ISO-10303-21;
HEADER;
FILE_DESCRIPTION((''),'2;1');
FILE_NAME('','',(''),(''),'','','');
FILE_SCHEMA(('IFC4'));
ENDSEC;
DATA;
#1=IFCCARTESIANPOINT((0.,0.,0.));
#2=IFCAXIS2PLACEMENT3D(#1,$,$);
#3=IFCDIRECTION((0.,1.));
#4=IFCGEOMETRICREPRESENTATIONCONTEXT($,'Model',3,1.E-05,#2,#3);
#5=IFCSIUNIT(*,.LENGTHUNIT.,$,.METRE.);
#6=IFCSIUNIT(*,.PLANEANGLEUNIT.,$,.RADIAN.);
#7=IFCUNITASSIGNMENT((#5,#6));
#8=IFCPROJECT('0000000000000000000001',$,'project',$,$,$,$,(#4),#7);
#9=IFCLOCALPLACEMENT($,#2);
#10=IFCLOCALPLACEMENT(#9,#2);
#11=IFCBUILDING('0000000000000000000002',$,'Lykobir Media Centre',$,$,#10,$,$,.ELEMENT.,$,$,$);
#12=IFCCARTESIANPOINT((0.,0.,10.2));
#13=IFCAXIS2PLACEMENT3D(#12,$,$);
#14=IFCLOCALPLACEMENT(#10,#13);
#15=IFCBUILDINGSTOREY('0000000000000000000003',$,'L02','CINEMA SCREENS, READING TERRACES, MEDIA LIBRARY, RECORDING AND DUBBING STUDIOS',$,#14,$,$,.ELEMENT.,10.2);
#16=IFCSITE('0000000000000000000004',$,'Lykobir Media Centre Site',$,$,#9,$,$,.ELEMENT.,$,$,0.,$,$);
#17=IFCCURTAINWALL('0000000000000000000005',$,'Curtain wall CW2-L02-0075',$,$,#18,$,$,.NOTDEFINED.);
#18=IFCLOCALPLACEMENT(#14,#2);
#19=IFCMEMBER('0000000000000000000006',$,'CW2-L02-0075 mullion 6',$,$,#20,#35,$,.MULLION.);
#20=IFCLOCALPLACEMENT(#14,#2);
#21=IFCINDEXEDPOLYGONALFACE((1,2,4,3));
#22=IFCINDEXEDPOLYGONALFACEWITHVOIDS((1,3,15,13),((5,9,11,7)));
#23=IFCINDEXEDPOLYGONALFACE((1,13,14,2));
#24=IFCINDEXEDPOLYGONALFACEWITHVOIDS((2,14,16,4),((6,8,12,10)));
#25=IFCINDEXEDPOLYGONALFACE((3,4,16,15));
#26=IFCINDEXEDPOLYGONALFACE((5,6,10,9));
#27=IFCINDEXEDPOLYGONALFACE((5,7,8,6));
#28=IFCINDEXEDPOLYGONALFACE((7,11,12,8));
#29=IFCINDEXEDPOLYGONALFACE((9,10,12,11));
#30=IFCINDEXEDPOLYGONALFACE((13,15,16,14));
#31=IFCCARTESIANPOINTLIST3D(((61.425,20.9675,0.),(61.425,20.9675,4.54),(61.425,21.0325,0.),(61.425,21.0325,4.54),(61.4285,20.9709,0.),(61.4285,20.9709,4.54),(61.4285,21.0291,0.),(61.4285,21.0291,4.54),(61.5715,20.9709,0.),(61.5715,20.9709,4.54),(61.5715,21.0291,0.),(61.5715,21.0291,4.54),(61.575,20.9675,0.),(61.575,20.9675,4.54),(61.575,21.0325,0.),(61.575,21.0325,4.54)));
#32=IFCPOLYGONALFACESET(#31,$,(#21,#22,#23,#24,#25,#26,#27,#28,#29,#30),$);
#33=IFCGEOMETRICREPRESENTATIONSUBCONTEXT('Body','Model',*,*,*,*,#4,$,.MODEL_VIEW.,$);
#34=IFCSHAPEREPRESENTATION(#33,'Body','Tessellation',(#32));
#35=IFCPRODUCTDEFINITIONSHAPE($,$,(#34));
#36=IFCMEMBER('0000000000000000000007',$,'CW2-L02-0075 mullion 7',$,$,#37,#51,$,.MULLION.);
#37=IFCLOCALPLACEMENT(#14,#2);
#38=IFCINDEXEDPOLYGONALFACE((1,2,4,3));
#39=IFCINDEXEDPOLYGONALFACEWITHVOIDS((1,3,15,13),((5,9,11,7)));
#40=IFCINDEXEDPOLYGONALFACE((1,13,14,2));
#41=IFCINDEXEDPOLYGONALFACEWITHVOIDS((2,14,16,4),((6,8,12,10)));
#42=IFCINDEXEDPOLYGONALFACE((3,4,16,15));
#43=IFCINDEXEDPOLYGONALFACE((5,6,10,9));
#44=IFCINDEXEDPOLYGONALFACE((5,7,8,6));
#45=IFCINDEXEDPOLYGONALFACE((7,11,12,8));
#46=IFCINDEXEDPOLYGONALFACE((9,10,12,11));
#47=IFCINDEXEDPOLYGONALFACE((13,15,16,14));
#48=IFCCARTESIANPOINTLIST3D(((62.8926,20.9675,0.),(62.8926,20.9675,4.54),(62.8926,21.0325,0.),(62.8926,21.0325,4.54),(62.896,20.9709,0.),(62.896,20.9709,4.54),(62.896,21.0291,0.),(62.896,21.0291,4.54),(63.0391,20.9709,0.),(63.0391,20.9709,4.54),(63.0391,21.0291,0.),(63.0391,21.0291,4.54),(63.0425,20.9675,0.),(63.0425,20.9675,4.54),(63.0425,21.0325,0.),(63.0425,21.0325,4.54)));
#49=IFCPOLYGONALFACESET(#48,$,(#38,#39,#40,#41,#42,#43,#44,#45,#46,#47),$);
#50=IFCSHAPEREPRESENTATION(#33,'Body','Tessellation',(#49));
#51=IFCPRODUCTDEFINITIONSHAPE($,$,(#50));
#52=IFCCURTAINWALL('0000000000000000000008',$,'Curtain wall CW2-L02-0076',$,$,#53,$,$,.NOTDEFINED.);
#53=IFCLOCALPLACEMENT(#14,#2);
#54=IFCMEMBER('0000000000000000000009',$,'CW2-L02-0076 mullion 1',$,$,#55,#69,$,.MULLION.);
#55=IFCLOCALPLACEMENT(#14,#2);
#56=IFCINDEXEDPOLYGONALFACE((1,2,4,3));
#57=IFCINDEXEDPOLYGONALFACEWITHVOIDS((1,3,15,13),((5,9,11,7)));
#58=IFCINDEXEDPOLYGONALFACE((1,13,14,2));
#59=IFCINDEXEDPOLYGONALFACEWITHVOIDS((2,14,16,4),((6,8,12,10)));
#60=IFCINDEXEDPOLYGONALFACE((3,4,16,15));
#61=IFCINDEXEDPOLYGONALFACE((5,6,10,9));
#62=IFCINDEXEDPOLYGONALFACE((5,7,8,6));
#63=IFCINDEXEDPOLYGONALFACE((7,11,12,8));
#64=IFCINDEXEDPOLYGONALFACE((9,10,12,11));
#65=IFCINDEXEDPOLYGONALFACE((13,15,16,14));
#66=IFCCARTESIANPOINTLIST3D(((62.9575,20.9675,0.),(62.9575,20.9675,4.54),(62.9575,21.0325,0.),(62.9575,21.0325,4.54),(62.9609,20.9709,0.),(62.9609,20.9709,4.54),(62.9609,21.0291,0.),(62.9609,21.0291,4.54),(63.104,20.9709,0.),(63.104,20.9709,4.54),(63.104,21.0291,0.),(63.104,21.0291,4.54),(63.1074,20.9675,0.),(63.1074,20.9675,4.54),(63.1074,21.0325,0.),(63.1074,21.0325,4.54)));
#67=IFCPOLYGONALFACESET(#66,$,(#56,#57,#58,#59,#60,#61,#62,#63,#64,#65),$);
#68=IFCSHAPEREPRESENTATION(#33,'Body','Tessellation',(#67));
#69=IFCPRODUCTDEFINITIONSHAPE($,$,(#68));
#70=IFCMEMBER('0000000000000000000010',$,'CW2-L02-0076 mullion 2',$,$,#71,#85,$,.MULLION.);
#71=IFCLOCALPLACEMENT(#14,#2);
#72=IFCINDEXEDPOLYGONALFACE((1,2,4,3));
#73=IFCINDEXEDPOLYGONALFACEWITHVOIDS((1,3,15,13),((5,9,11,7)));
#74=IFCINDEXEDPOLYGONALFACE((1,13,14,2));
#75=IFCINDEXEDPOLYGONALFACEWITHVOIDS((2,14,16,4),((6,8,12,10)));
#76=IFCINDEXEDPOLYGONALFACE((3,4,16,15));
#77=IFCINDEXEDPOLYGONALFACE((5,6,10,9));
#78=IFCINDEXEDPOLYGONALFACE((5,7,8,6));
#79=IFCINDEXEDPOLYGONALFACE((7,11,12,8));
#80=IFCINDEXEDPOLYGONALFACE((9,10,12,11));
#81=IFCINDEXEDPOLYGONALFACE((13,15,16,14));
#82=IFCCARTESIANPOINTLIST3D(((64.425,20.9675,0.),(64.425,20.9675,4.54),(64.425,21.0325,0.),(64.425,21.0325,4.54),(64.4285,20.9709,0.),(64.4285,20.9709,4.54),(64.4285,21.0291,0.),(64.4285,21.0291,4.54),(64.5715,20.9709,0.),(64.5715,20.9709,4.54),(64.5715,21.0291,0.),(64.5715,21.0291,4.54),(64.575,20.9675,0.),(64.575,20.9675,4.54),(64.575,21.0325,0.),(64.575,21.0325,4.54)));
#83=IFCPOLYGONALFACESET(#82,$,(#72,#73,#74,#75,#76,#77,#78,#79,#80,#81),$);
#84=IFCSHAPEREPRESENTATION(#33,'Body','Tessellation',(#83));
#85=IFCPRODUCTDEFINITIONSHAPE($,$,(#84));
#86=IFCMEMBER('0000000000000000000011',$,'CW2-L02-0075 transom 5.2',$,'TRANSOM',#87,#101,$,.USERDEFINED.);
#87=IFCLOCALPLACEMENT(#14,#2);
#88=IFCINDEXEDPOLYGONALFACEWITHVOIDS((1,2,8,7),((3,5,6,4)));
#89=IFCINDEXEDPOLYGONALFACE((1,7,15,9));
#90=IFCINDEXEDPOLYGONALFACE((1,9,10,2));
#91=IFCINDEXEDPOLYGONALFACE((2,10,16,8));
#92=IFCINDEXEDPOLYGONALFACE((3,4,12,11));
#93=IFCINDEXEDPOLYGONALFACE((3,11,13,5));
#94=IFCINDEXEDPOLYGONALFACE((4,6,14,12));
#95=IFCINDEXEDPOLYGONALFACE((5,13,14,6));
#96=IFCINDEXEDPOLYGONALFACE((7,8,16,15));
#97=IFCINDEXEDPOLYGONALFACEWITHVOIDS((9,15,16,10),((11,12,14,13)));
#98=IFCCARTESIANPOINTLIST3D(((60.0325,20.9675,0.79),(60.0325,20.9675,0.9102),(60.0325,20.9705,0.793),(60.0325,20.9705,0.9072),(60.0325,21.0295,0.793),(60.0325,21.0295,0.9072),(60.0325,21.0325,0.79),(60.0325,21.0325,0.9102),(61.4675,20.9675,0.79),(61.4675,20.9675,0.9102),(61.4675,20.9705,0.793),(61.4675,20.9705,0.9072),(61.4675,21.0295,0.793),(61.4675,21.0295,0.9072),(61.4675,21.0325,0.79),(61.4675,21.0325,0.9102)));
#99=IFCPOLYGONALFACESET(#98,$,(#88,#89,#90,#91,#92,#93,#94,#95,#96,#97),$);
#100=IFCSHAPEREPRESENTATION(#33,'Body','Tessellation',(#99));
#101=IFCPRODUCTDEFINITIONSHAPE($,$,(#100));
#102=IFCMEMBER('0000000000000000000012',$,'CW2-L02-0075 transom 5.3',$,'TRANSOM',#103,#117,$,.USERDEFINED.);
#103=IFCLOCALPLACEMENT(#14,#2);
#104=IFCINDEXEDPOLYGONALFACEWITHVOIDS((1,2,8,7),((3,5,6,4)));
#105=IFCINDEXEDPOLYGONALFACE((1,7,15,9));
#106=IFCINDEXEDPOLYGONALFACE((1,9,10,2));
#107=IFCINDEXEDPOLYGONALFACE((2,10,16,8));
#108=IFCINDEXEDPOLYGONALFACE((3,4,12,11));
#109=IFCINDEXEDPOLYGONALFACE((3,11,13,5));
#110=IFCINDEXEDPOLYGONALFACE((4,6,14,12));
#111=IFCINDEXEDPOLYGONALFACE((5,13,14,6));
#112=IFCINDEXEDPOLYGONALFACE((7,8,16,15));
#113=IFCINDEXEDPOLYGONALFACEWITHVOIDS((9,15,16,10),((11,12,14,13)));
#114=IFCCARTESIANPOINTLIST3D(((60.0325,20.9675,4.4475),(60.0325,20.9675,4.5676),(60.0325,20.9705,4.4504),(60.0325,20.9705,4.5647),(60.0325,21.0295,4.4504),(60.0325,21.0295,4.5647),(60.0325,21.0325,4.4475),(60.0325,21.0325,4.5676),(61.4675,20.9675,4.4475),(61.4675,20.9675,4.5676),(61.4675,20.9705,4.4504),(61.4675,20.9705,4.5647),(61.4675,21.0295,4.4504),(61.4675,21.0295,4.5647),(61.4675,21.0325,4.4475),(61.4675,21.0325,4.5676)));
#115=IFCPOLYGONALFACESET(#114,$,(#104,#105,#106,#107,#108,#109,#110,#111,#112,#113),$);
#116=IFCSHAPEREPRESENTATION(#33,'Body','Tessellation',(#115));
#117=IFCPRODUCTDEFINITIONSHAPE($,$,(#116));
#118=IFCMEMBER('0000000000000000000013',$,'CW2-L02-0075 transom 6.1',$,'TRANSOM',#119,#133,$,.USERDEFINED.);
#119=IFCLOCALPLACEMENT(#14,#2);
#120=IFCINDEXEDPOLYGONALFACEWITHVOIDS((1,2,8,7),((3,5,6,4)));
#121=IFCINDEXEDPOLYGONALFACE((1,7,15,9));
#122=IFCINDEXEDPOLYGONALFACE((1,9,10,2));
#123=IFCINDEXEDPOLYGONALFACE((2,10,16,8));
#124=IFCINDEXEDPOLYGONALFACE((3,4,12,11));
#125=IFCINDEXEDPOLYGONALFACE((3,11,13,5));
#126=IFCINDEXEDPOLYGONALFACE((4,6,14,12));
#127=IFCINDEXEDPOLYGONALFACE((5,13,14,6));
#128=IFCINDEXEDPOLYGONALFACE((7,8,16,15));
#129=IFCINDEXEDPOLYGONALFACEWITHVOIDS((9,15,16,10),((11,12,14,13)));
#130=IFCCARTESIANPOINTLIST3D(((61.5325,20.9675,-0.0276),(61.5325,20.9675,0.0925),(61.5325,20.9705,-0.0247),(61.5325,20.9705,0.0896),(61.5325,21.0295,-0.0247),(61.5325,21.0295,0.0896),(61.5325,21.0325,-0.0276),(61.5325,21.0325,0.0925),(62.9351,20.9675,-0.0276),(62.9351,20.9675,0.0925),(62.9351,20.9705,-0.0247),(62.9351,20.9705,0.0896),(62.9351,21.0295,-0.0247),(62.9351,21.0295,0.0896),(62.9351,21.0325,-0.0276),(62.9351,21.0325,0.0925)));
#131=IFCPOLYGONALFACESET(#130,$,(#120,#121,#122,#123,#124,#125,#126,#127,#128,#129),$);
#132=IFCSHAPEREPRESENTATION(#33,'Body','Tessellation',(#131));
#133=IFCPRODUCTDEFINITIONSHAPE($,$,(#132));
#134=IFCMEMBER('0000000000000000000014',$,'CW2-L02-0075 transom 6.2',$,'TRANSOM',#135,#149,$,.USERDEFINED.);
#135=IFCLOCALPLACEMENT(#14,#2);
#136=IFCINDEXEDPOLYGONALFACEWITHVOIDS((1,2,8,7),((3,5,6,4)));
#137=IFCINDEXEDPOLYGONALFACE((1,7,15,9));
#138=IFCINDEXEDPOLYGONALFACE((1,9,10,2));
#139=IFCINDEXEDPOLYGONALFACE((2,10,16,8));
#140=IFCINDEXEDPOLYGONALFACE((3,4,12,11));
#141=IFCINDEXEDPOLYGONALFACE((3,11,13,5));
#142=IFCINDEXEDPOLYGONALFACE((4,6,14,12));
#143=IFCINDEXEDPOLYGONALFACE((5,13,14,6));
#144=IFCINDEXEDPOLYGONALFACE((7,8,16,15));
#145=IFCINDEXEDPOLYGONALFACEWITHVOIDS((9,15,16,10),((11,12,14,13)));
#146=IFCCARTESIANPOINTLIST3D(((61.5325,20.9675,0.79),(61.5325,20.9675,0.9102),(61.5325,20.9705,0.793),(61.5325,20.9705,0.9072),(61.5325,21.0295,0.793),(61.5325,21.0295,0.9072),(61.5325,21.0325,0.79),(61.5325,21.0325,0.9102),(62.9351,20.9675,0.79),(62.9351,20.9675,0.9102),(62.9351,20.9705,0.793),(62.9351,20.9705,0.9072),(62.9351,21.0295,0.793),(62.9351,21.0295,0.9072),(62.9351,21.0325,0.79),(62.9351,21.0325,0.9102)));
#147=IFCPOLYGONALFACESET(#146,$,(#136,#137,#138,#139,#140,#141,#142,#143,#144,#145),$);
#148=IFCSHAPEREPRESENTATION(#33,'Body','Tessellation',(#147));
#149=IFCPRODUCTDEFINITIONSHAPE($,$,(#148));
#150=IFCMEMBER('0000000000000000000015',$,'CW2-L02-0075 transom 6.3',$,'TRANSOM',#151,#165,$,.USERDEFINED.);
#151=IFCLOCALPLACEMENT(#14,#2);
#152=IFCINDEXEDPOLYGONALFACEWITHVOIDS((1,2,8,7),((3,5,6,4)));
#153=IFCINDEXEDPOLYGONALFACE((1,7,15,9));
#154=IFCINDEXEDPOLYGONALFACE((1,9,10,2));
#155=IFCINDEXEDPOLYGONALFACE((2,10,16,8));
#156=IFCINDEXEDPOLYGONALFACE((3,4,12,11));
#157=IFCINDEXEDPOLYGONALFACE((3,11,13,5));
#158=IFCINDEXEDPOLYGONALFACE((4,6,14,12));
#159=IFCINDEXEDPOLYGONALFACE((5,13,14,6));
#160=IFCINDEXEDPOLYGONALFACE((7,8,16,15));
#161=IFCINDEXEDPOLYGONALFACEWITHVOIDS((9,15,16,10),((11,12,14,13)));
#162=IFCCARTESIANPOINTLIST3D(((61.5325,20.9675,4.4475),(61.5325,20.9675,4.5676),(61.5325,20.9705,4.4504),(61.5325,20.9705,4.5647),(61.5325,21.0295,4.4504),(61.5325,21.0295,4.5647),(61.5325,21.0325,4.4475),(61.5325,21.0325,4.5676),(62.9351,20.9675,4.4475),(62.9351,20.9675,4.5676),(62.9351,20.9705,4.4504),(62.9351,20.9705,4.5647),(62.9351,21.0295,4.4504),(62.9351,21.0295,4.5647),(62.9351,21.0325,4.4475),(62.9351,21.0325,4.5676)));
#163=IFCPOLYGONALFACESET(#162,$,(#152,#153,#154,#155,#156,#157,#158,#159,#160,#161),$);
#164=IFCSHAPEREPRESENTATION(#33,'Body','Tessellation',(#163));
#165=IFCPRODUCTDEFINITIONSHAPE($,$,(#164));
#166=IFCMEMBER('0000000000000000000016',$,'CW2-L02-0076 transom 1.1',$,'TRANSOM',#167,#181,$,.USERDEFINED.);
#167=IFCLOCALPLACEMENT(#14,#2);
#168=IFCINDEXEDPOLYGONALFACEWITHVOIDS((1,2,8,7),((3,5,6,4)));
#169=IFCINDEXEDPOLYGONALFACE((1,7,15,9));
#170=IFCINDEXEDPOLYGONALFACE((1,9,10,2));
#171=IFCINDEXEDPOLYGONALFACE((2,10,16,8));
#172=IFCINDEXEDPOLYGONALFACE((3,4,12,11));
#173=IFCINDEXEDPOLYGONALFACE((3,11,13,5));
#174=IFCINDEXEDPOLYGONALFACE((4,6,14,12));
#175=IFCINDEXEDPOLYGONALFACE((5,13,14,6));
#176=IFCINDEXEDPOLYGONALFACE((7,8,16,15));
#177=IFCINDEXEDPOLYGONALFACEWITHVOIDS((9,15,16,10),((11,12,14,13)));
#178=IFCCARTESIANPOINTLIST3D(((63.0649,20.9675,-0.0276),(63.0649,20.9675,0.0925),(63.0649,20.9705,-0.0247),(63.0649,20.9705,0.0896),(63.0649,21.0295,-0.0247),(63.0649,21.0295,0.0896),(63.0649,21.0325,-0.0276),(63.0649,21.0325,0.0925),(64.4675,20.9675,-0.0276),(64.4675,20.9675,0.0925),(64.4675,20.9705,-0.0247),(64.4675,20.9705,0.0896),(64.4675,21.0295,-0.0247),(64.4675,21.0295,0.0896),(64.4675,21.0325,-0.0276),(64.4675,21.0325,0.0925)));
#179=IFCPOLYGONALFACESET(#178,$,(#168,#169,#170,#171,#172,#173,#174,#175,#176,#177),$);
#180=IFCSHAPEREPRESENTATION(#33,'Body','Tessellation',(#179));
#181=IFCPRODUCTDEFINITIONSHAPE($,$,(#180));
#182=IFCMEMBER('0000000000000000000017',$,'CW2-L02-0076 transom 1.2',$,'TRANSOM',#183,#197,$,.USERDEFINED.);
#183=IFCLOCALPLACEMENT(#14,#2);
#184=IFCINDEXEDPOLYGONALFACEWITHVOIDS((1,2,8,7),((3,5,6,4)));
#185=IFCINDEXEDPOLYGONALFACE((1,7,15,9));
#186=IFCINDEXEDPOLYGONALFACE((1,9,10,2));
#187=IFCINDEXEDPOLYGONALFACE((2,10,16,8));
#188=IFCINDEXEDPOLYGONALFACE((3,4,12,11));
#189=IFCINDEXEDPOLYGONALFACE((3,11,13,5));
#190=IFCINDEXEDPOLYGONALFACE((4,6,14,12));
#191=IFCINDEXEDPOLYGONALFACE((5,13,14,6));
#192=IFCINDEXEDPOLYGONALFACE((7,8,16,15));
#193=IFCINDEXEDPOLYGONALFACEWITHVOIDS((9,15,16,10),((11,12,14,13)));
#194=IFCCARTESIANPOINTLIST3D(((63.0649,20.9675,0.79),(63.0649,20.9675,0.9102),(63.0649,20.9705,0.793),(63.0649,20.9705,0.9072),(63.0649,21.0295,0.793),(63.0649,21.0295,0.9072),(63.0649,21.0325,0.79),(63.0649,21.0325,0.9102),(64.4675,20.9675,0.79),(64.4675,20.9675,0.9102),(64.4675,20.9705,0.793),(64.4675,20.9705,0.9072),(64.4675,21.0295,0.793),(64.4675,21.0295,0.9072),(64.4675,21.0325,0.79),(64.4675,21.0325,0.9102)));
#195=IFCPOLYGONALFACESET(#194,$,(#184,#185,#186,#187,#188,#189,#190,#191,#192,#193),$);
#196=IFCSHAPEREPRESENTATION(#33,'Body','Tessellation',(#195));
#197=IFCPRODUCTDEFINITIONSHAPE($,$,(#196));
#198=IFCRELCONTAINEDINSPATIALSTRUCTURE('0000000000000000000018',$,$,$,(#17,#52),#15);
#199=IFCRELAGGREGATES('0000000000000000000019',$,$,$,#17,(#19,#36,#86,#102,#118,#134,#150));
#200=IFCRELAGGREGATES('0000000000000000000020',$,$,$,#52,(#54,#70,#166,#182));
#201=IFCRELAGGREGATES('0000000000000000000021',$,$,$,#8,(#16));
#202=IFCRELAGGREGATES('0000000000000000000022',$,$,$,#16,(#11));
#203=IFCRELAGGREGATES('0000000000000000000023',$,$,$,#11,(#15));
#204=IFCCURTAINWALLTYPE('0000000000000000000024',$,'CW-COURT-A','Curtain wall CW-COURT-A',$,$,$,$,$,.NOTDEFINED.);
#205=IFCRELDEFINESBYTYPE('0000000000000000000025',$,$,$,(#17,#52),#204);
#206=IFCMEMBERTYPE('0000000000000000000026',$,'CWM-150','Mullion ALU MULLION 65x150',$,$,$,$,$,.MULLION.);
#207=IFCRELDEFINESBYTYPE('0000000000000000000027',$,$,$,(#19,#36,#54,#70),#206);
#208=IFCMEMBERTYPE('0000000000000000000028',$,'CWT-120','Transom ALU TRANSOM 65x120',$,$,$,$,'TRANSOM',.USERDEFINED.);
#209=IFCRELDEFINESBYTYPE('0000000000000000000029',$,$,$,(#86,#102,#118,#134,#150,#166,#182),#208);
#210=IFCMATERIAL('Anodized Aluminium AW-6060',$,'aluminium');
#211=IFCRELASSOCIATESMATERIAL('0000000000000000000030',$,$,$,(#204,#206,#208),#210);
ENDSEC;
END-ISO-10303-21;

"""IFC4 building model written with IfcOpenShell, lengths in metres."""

from ifc_helpers import new_model, si_unit, direction, frame, origin, origin_2d, place, context, subcontext, project, spatial, hollow_rectangle, extrude, material, material_profile, profile_set, type_object, element, aggregate, save


model = new_model("IFC4")

# Units and contexts
model_context = context("Model", 3, precision=1e-05, world=origin(), true_north=direction((0.0, 1.0)))
body_context = subcontext(model_context, "Body", "Model", "MODEL_VIEW")
ifc_project = project(units=[si_unit("LENGTHUNIT", "METRE"), si_unit("PLANEANGLEUNIT", "RADIAN")], contexts=[model_context])

# Site, building, storey
site_placement = place(None, origin())
site = spatial("IfcSite", under=ifc_project, at=site_placement, Name="Lykobir Media Centre Site", CompositionType="ELEMENT", RefElevation=0.0)
building_placement = place(site_placement, origin())
building = spatial("IfcBuilding", under=site, at=building_placement, Name="Lykobir Media Centre", CompositionType="ELEMENT")
storey_placement = place(building_placement, frame((0.0, 0.0, 10.2)))
storey = spatial("IfcBuildingStorey", under=building, at=storey_placement, Name="L02", Description="CINEMA SCREENS, READING TERRACES, MEDIA LIBRARY, RECORDING AND DUBBING STUDIOS", CompositionType="ELEMENT", Elevation=10.2)

# Curtain walls, members
ifc_material_1 = material(Name="Anodized Aluminium AW-6060", Category="aluminium")
curtain_wall_type = type_object("IfcCurtainWallType", Name="CW-COURT-A", Description="Curtain wall CW-COURT-A", PredefinedType="NOTDEFINED", material=ifc_material_1)
curtain_wall_1_placement = place(storey_placement, origin())
curtain_wall_1 = element("IfcCurtainWall", 1, at=curtain_wall_1_placement, inside=storey, type_object=curtain_wall_type, Name="Curtain wall CW2-L02-0075", PredefinedType="NOTDEFINED")
ifc_material_profile_1 = material_profile(ifc_material_1, hollow_rectangle(XDim=0.0649, YDim=0.1499, WallThickness=0.0034, at=origin_2d()), Name="ALU MULLION 65x150")
ifc_profile_set_1 = profile_set([ifc_material_profile_1], Name="Anodized Aluminium AW-6060")
member_type_1 = type_object("IfcMemberType", Name="CWM-150", Description="Mullion ALU MULLION 65x150", PredefinedType="MULLION", material=ifc_profile_set_1)
member_1_placement = place(storey_placement, frame((61.5, 21.0, 0.0), z_axis=(0.0, 0.0, 1.0), x_axis=(0.0, 1.0, 0.0)))
member_1 = element("IfcMember", 2, at=member_1_placement, type_object=member_type_1, Name="CW2-L02-0075 mullion 6", PredefinedType="MULLION", context=body_context, shape_type="SweptSolid", body=[
    extrude(hollow_rectangle(XDim=0.0649, YDim=0.1499, WallThickness=0.0034, at=origin_2d()), origin(), (0.0, 0.0, 1.0), 4.54),
])
member_2_placement = place(storey_placement, frame((62.9675, 21.0, 0.0), z_axis=(0.0, 0.0, 1.0), x_axis=(0.0, 1.0, 0.0)))
member_2 = element("IfcMember", 3, at=member_2_placement, type_object=member_type_1, Name="CW2-L02-0075 mullion 7", PredefinedType="MULLION", context=body_context, shape_type="SweptSolid", body=[
    extrude(hollow_rectangle(XDim=0.0649, YDim=0.1499, WallThickness=0.0034, at=origin_2d()), origin(), (0.0, 0.0, 1.0), 4.54),
])
curtain_wall_2_placement = place(storey_placement, origin())
curtain_wall_2 = element("IfcCurtainWall", 4, at=curtain_wall_2_placement, inside=storey, type_object=curtain_wall_type, Name="Curtain wall CW2-L02-0076", PredefinedType="NOTDEFINED")
member_3_placement = place(storey_placement, frame((63.0325, 21.0, 0.0), z_axis=(0.0, 0.0, 1.0), x_axis=(0.0, 1.0, 0.0)))
member_3 = element("IfcMember", 5, at=member_3_placement, type_object=member_type_1, Name="CW2-L02-0076 mullion 1", PredefinedType="MULLION", context=body_context, shape_type="SweptSolid", body=[
    extrude(hollow_rectangle(XDim=0.0649, YDim=0.1499, WallThickness=0.0034, at=origin_2d()), origin(), (0.0, 0.0, 1.0), 4.54),
])
member_4_placement = place(storey_placement, frame((64.5, 21.0, 0.0), z_axis=(0.0, 0.0, 1.0), x_axis=(0.0, 1.0, 0.0)))
member_4 = element("IfcMember", 6, at=member_4_placement, type_object=member_type_1, Name="CW2-L02-0076 mullion 2", PredefinedType="MULLION", context=body_context, shape_type="SweptSolid", body=[
    extrude(hollow_rectangle(XDim=0.0649, YDim=0.1499, WallThickness=0.0034, at=origin_2d()), origin(), (0.0, 0.0, 1.0), 4.54),
])

# Members
ifc_material_profile_2 = material_profile(ifc_material_1, hollow_rectangle(XDim=0.0649, YDim=0.1201, WallThickness=0.0029, at=origin_2d()), Name="ALU TRANSOM 65x120")
ifc_profile_set_2 = profile_set([ifc_material_profile_2], Name="Anodized Aluminium AW-6060")
member_type_2 = type_object("IfcMemberType", Name="CWT-120", Description="Transom ALU TRANSOM 65x120", ElementType="TRANSOM", PredefinedType="USERDEFINED", material=ifc_profile_set_2)
member_5_placement = place(storey_placement, frame((60.0325, 21.0, 0.8501), z_axis=(1.0, 0.0, 0.0), x_axis=(0.0, 1.0, 0.0)))
member_5 = element("IfcMember", 7, at=member_5_placement, type_object=member_type_2, Name="CW2-L02-0075 transom 5.2", ObjectType="TRANSOM", PredefinedType="USERDEFINED", context=body_context, shape_type="SweptSolid", body=[
    extrude(hollow_rectangle(XDim=0.0649, YDim=0.1201, WallThickness=0.0029, at=origin_2d()), origin(), (0.0, 0.0, 1.0), 1.4351),
])
member_6_placement = place(storey_placement, frame((60.0325, 21.0, 4.5076), z_axis=(1.0, 0.0, 0.0), x_axis=(0.0, 1.0, 0.0)))
member_6 = element("IfcMember", 8, at=member_6_placement, type_object=member_type_2, Name="CW2-L02-0075 transom 5.3", ObjectType="TRANSOM", PredefinedType="USERDEFINED", context=body_context, shape_type="SweptSolid", body=[
    extrude(hollow_rectangle(XDim=0.0649, YDim=0.1201, WallThickness=0.0029, at=origin_2d()), origin(), (0.0, 0.0, 1.0), 1.4351),
])
member_7_placement = place(storey_placement, frame((61.5325, 21.0, 0.0325), z_axis=(1.0, 0.0, 0.0), x_axis=(0.0, 1.0, 0.0)))
member_7 = element("IfcMember", 9, at=member_7_placement, type_object=member_type_2, Name="CW2-L02-0075 transom 6.1", ObjectType="TRANSOM", PredefinedType="USERDEFINED", context=body_context, shape_type="SweptSolid", body=[
    extrude(hollow_rectangle(XDim=0.0649, YDim=0.1201, WallThickness=0.0029, at=origin_2d()), origin(), (0.0, 0.0, 1.0), 1.4026),
])
member_8_placement = place(storey_placement, frame((61.5325, 21.0, 0.8501), z_axis=(1.0, 0.0, 0.0), x_axis=(0.0, 1.0, 0.0)))
member_8 = element("IfcMember", 10, at=member_8_placement, type_object=member_type_2, Name="CW2-L02-0075 transom 6.2", ObjectType="TRANSOM", PredefinedType="USERDEFINED", context=body_context, shape_type="SweptSolid", body=[
    extrude(hollow_rectangle(XDim=0.0649, YDim=0.1201, WallThickness=0.0029, at=origin_2d()), origin(), (0.0, 0.0, 1.0), 1.4026),
])
member_9_placement = place(storey_placement, frame((61.5325, 21.0, 4.5076), z_axis=(1.0, 0.0, 0.0), x_axis=(0.0, 1.0, 0.0)))
member_9 = element("IfcMember", 11, at=member_9_placement, type_object=member_type_2, Name="CW2-L02-0075 transom 6.3", ObjectType="TRANSOM", PredefinedType="USERDEFINED", context=body_context, shape_type="SweptSolid", body=[
    extrude(hollow_rectangle(XDim=0.0649, YDim=0.1201, WallThickness=0.0029, at=origin_2d()), origin(), (0.0, 0.0, 1.0), 1.4026),
])
member_10_placement = place(storey_placement, frame((63.0649, 21.0, 0.0325), z_axis=(1.0, 0.0, 0.0), x_axis=(0.0, 1.0, 0.0)))
member_10 = element("IfcMember", 12, at=member_10_placement, type_object=member_type_2, Name="CW2-L02-0076 transom 1.1", ObjectType="TRANSOM", PredefinedType="USERDEFINED", context=body_context, shape_type="SweptSolid", body=[
    extrude(hollow_rectangle(XDim=0.0649, YDim=0.1201, WallThickness=0.0029, at=origin_2d()), origin(), (0.0, 0.0, 1.0), 1.4026),
])
member_11_placement = place(storey_placement, frame((63.0649, 21.0, 0.8501), z_axis=(1.0, 0.0, 0.0), x_axis=(0.0, 1.0, 0.0)))
member_11 = element("IfcMember", 13, at=member_11_placement, type_object=member_type_2, Name="CW2-L02-0076 transom 1.2", ObjectType="TRANSOM", PredefinedType="USERDEFINED", context=body_context, shape_type="SweptSolid", body=[
    extrude(hollow_rectangle(XDim=0.0649, YDim=0.1201, WallThickness=0.0029, at=origin_2d()), origin(), (0.0, 0.0, 1.0), 1.4026),
])

aggregate(curtain_wall_1, [member_1, member_2, member_5, member_6, member_7, member_8, member_9])
aggregate(curtain_wall_2, [member_3, member_4, member_10, member_11])

save(model, "model.ifc")
